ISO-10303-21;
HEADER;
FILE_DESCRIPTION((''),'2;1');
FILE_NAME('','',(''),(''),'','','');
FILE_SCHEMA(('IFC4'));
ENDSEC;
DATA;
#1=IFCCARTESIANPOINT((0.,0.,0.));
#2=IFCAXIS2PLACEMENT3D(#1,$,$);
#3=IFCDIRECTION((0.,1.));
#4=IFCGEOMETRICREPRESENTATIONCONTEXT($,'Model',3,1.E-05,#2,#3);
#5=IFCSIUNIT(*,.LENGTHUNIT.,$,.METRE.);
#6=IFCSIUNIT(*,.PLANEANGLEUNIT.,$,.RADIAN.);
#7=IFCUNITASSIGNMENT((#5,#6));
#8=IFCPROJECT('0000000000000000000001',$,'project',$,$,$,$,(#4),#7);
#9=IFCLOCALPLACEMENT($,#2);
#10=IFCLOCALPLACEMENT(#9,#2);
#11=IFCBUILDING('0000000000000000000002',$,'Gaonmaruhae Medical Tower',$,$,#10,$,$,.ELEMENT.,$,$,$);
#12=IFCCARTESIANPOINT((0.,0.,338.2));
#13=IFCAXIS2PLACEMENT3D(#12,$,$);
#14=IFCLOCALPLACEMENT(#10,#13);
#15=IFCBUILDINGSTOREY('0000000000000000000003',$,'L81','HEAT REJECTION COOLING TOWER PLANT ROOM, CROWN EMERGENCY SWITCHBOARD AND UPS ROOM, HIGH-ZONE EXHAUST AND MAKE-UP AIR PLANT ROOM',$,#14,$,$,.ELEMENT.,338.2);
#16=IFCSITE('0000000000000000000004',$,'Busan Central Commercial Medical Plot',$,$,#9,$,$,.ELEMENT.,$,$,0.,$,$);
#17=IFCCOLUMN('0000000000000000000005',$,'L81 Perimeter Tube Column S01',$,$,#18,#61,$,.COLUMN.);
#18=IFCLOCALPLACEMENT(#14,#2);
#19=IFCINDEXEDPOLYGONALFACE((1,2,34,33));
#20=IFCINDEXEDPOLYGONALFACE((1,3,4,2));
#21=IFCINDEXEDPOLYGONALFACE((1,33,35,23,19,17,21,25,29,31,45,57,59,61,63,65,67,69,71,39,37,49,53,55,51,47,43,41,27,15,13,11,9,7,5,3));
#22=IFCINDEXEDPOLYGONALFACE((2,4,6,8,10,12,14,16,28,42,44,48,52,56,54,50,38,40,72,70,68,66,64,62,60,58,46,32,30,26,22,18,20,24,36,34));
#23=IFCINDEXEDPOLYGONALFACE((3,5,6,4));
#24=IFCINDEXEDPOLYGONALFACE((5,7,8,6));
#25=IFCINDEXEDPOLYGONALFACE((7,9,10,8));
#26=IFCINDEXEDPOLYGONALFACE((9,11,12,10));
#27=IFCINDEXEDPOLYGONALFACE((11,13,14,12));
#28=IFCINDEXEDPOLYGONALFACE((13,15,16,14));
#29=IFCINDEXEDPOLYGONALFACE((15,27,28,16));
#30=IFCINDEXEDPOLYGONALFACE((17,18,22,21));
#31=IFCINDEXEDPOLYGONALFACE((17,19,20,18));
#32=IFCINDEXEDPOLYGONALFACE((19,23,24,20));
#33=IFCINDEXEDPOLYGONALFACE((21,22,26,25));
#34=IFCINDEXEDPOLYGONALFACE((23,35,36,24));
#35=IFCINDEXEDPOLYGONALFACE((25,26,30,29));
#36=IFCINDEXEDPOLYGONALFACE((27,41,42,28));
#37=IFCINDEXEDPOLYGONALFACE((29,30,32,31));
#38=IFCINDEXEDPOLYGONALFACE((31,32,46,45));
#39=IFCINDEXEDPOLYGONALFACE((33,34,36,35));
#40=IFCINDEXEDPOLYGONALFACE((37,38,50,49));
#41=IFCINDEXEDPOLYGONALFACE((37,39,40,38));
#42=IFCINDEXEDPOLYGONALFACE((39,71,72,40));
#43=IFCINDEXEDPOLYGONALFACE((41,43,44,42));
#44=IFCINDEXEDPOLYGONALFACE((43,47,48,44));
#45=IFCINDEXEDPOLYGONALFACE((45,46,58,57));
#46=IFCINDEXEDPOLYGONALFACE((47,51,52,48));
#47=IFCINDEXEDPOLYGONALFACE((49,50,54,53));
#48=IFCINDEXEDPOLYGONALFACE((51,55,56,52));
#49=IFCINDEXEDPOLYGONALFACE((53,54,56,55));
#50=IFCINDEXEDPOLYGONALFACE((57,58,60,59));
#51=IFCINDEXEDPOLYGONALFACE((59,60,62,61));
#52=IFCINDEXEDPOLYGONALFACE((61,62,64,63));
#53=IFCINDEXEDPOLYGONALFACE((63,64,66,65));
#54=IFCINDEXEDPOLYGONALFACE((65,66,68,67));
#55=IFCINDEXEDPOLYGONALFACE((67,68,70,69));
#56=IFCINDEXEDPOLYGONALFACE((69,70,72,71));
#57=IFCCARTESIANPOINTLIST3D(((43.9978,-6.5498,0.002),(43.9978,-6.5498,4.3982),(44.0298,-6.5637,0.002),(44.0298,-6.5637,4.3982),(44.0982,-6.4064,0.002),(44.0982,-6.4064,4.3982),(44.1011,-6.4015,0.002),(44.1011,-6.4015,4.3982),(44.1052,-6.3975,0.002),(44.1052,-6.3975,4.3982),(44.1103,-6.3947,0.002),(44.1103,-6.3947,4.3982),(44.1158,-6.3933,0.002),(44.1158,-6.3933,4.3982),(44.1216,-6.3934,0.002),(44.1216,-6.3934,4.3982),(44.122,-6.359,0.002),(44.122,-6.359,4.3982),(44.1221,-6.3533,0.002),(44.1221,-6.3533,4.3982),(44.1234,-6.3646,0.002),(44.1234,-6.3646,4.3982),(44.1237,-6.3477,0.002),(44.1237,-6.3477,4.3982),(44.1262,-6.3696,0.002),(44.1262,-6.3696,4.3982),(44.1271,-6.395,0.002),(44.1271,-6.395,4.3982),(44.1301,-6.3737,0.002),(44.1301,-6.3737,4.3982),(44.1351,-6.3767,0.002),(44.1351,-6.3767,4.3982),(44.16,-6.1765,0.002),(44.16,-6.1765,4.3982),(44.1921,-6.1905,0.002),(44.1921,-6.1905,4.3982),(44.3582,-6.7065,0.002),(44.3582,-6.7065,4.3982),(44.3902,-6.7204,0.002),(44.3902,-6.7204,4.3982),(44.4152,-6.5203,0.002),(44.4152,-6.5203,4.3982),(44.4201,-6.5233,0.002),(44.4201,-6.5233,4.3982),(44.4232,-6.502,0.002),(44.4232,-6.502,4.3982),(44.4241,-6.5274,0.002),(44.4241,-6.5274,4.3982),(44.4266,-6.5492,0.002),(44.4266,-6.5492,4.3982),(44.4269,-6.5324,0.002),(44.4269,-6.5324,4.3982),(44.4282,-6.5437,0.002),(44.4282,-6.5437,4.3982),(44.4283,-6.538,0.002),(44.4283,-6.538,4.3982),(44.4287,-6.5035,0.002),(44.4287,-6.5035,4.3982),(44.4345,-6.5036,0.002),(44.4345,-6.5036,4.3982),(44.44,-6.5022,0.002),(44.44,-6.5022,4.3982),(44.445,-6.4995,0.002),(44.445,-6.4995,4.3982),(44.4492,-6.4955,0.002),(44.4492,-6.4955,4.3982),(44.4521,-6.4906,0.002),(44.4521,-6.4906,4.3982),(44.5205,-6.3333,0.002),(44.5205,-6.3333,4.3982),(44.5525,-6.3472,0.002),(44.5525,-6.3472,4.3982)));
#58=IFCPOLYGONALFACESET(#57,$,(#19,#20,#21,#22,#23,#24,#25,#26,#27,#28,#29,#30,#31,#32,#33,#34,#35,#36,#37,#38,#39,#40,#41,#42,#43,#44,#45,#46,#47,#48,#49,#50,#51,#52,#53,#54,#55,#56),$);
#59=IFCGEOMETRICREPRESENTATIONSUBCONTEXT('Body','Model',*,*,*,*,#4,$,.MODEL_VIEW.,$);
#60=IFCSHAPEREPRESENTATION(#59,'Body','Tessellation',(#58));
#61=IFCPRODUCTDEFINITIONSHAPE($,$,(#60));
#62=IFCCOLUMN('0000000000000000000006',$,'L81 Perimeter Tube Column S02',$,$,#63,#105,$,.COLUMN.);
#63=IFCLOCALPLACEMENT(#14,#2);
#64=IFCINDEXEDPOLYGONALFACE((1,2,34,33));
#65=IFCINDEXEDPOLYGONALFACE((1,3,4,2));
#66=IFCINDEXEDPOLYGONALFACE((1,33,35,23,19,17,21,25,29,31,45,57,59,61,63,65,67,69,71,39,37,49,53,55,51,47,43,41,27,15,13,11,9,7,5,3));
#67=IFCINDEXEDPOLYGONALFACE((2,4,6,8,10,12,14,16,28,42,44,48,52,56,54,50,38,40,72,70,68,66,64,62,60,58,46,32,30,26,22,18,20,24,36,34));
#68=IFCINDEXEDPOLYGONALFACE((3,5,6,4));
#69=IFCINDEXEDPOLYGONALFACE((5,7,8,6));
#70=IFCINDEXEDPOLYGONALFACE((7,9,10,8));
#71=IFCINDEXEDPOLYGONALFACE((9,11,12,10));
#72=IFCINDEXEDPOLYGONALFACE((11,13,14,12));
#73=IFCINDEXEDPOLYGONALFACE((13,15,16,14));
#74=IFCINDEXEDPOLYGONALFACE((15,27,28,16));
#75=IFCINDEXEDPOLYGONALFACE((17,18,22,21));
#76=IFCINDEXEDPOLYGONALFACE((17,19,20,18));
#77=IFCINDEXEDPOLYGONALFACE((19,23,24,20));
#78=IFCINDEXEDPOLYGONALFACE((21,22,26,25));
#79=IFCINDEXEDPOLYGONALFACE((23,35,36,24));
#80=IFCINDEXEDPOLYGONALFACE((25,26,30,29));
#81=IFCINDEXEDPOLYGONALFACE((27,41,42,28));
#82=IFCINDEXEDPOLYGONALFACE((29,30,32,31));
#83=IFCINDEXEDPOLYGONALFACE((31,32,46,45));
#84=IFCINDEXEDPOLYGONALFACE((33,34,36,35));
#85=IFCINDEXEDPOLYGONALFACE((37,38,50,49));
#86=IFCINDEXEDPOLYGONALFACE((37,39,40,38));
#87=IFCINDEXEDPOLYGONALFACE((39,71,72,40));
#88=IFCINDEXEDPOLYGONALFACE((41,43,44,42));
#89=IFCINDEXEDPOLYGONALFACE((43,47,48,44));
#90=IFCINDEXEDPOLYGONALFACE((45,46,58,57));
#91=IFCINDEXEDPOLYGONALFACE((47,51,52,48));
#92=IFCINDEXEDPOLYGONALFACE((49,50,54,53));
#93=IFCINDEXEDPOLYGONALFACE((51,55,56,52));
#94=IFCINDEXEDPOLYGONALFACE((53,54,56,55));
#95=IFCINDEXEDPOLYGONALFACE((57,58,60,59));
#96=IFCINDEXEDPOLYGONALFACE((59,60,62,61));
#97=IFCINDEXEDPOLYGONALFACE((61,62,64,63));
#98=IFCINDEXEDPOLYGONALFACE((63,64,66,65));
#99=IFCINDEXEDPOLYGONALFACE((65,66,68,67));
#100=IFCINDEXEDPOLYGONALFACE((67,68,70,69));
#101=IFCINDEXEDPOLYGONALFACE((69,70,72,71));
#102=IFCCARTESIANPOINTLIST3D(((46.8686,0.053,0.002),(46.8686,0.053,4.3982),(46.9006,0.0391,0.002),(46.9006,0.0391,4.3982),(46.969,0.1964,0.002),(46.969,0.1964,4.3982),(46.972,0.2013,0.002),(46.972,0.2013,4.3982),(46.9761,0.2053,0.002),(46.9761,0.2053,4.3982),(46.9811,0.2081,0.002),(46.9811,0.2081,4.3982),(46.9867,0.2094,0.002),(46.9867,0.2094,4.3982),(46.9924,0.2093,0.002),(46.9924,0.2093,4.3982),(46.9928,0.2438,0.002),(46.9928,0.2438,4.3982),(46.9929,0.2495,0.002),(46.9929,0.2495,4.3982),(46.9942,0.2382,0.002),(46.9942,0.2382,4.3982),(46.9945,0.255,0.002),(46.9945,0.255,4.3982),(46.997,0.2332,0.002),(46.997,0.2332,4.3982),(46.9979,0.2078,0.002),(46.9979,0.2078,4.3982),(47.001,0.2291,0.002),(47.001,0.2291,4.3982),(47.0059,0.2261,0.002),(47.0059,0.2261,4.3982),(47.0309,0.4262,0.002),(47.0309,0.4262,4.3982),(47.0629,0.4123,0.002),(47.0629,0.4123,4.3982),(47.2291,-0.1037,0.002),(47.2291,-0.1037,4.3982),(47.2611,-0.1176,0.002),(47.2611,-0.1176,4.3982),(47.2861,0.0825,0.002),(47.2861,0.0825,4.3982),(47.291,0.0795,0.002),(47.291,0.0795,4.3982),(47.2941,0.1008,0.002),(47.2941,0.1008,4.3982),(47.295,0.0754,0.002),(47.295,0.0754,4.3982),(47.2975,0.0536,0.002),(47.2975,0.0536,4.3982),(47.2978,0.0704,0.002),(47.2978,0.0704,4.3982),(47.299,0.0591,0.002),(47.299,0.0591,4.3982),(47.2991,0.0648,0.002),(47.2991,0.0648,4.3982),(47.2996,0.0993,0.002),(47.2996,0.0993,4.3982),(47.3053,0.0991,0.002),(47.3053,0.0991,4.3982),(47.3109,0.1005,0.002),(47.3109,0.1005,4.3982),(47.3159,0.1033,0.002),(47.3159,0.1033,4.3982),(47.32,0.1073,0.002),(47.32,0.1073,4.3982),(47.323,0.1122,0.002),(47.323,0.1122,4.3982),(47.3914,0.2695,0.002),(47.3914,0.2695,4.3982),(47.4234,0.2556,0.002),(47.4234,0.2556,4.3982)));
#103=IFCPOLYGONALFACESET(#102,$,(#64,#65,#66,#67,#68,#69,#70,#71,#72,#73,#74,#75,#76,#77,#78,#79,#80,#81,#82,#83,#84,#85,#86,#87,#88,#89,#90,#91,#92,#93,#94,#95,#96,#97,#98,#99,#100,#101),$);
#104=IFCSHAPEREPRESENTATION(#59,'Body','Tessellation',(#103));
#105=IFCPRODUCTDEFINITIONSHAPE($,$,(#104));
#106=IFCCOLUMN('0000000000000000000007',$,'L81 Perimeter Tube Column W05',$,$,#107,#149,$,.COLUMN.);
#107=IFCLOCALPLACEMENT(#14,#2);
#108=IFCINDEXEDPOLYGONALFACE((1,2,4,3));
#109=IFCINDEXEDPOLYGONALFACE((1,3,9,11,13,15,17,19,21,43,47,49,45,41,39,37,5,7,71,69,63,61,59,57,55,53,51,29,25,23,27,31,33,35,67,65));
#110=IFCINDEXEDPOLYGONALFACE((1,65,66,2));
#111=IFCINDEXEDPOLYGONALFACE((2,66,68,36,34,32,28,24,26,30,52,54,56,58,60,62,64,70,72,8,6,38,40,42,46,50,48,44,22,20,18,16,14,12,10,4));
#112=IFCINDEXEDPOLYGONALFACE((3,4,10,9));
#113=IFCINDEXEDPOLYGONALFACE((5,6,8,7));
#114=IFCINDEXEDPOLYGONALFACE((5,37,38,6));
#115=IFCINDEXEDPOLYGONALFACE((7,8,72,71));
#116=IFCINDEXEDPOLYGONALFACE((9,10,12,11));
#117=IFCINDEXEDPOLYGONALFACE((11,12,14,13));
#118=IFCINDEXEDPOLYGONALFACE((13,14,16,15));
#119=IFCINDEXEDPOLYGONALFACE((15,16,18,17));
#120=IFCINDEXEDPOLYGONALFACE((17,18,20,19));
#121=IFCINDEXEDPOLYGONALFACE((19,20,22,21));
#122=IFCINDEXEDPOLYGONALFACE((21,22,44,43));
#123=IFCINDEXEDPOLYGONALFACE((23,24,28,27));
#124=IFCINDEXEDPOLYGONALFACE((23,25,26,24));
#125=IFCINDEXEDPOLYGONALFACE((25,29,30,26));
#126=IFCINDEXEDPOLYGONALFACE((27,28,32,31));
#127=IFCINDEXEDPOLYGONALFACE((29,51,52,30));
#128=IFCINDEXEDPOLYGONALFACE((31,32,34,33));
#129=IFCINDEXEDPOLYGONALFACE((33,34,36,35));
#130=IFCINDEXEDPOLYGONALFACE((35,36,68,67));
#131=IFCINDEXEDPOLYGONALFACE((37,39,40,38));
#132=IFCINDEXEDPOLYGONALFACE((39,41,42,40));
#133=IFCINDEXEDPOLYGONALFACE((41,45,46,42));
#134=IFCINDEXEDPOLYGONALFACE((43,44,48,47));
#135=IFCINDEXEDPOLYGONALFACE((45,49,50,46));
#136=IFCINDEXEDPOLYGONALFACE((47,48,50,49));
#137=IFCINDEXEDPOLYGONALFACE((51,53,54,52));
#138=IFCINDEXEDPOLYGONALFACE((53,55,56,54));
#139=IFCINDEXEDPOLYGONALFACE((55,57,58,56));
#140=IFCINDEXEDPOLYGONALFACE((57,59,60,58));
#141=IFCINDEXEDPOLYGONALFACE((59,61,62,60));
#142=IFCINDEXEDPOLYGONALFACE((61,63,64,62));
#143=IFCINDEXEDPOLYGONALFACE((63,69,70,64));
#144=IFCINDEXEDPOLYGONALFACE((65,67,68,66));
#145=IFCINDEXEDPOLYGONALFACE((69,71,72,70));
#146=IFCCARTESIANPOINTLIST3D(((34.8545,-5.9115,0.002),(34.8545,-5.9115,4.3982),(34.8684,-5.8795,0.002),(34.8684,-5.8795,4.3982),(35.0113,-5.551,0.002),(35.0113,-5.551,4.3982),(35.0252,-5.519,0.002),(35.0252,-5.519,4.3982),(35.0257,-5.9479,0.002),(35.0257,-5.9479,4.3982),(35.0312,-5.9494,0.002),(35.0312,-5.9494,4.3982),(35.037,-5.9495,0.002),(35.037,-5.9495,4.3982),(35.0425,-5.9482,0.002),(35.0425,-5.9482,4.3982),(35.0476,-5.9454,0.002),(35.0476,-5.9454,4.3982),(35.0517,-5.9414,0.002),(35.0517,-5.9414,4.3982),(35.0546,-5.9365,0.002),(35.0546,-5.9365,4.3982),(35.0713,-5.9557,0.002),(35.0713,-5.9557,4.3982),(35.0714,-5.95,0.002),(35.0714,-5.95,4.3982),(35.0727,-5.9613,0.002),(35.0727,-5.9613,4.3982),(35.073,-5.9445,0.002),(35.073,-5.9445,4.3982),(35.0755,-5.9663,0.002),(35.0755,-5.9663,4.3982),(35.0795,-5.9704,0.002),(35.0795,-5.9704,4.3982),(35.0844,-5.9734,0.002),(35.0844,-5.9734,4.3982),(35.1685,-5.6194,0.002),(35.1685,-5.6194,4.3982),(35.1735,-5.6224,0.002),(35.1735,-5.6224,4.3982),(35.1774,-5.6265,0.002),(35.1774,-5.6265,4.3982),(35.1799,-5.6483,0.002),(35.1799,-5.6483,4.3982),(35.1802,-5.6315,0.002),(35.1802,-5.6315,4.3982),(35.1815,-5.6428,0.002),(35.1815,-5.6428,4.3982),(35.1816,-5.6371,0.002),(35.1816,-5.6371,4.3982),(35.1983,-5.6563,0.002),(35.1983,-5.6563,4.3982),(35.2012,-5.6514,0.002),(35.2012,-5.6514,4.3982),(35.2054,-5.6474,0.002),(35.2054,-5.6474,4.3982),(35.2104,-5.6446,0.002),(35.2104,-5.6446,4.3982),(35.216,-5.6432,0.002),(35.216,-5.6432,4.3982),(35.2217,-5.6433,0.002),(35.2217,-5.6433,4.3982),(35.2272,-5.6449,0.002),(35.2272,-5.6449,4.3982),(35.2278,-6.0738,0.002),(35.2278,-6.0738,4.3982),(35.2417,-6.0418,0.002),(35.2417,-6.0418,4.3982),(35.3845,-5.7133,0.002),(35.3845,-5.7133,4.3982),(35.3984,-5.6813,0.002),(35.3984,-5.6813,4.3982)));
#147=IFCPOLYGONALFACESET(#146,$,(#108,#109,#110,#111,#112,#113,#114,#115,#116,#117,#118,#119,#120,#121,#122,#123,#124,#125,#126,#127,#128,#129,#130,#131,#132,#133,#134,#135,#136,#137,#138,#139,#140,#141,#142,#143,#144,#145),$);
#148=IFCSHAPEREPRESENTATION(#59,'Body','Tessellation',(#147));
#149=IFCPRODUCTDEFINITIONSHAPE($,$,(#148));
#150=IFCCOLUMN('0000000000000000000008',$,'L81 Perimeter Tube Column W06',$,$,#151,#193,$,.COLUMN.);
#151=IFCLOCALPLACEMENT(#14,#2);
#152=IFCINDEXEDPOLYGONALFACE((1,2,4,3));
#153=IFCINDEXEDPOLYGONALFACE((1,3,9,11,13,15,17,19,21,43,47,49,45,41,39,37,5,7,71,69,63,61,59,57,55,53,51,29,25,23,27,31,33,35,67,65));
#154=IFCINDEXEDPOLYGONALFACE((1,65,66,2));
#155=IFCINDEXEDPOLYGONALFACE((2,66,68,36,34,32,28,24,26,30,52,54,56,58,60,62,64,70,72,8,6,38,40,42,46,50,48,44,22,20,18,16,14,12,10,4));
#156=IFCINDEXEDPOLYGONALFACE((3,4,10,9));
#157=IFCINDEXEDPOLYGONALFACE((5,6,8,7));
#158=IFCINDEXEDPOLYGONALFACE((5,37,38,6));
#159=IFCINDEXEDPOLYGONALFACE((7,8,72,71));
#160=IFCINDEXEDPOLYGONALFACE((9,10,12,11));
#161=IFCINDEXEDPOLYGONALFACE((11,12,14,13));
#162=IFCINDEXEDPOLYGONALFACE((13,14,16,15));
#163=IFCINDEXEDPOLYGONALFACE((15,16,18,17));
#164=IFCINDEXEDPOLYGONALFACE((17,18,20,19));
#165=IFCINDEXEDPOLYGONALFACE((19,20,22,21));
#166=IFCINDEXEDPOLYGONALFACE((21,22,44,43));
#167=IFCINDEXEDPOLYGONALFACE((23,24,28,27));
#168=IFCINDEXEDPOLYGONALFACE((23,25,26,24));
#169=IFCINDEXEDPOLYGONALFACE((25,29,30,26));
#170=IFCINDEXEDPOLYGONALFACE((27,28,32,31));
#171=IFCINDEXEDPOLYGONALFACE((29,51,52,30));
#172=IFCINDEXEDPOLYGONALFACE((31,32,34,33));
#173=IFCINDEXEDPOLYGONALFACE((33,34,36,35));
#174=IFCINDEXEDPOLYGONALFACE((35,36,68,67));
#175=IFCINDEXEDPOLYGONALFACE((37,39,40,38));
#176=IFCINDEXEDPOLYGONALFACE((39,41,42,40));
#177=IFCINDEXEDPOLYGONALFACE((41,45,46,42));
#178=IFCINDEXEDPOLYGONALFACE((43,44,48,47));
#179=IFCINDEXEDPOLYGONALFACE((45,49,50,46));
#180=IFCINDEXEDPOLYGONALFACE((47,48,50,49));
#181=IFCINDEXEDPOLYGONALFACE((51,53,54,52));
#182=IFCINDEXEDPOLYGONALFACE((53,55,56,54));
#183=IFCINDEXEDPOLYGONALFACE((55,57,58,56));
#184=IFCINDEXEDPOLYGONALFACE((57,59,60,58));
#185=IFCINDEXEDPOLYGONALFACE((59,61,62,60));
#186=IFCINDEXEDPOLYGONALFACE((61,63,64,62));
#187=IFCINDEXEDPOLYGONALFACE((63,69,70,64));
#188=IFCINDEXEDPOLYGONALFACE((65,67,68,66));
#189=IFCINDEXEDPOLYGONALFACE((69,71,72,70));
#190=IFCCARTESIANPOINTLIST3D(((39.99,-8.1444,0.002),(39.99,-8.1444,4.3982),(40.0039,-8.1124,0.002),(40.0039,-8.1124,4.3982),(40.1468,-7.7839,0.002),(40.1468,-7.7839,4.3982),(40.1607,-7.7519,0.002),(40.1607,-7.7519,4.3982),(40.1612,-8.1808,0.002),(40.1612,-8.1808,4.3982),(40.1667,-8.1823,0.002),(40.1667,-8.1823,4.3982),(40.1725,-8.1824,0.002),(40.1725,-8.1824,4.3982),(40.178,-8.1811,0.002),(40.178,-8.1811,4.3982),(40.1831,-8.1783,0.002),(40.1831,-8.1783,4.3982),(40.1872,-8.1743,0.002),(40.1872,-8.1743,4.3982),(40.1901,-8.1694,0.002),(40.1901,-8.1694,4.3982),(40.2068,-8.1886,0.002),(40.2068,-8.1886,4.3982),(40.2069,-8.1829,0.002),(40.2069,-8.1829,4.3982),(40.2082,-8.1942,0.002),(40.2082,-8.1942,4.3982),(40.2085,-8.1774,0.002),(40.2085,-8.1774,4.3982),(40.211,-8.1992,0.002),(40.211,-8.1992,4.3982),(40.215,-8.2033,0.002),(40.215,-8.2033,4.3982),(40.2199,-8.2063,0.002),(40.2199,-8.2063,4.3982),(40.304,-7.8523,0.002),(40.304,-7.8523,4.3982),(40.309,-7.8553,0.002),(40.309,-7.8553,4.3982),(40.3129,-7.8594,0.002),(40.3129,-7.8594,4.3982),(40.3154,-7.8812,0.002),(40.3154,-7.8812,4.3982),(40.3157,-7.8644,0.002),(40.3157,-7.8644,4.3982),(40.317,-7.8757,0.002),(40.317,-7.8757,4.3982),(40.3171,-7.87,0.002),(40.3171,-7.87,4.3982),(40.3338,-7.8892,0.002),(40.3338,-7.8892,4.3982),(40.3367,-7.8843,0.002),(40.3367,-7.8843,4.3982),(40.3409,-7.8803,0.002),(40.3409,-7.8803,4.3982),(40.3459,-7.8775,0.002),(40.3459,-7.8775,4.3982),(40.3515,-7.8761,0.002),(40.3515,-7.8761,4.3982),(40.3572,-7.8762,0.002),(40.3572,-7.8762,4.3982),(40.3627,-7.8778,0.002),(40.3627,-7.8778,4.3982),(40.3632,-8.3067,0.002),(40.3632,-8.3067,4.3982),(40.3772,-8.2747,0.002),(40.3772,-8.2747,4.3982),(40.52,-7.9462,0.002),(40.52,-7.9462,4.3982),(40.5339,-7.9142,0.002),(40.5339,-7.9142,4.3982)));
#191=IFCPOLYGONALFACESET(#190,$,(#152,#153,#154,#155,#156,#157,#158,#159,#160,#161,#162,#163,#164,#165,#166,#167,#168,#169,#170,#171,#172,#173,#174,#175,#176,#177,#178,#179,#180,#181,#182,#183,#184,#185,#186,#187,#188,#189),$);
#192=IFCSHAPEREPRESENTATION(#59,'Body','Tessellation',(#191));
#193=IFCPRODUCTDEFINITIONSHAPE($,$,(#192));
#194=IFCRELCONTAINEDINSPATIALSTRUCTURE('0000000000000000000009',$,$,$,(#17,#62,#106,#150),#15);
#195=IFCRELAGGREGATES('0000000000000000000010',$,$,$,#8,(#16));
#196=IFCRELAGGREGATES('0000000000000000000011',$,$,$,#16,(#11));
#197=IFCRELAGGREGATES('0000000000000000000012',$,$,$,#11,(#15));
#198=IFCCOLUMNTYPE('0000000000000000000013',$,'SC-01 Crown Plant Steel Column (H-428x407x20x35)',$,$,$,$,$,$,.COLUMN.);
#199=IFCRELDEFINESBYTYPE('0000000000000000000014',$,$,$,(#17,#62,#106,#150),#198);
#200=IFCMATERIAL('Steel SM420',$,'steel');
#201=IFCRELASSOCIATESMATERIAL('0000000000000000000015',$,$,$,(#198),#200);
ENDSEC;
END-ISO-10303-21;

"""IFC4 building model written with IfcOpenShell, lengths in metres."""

from ifc_helpers import new_model, si_unit, direction, frame, origin, origin_2d, place, context, subcontext, project, spatial, i_section, extrude, material, material_profile, profile_set, type_object, element, save


model = new_model("IFC4")

# Units and contexts
model_context = context("Model", 3, precision=1e-05, world=origin(), true_north=direction((0.0, 1.0)))
body_context = subcontext(model_context, "Body", "Model", "MODEL_VIEW")
ifc_project = project(units=[si_unit("LENGTHUNIT", "METRE"), si_unit("PLANEANGLEUNIT", "RADIAN")], contexts=[model_context])

# Site, building, storey
site_placement = place(None, origin())
site = spatial("IfcSite", under=ifc_project, at=site_placement, Name="Busan Central Commercial Medical Plot", CompositionType="ELEMENT", RefElevation=0.0)
building_placement = place(site_placement, origin())
building = spatial("IfcBuilding", under=site, at=building_placement, Name="Gaonmaruhae Medical Tower", CompositionType="ELEMENT")
storey_placement = place(building_placement, frame((0.0, 0.0, 338.2)))
storey = spatial("IfcBuildingStorey", under=building, at=storey_placement, Name="L81", Description="HEAT REJECTION COOLING TOWER PLANT ROOM, CROWN EMERGENCY SWITCHBOARD AND UPS ROOM, HIGH-ZONE EXHAUST AND MAKE-UP AIR PLANT ROOM", CompositionType="ELEMENT", Elevation=338.2)

# Columns
ifc_material_1 = material(Name="Steel SM420", Category="steel")
ifc_material_profile_1 = material_profile(ifc_material_1, i_section(OverallWidth=0.407, OverallDepth=0.428, WebThickness=0.02, FlangeThickness=0.0349, FilletRadius=0.022, at=origin_2d()), Name="H-428x407x20x35")
ifc_profile_set_1 = profile_set([ifc_material_profile_1], Name="Steel SM420")
column_type = type_object("IfcColumnType", Name="SC-01 Crown Plant Steel Column (H-428x407x20x35)", PredefinedType="COLUMN", material=ifc_profile_set_1)
for number, where, z_axis, x_axis, name in (
    (1, (44.2751, -6.4485, 0.002), (0.0, 0.0, 1.0), (0.398749, 0.91706, 0.0), "L81 Perimeter Tube Column S01"),
    (2, (47.146, 0.1543, 0.002), (0.0, 0.0, 1.0), (0.398749, 0.91706, 0.0), "L81 Perimeter Tube Column S02"),
    (3, (35.1265, -5.7964, 0.002), (0.0, 0.0, 1.0), (-0.91706, 0.398749, 0.0), "L81 Perimeter Tube Column W05"),
    (4, (40.262, -8.0293, 0.002), (0.0, 0.0, 1.0), (-0.91706, 0.398749, 0.0), "L81 Perimeter Tube Column W06"),
):
    element("IfcColumn", number, at=place(storey_placement, frame(where, z_axis=z_axis, x_axis=x_axis)), inside=storey, type_object=column_type, Name=name, PredefinedType="COLUMN", context=body_context, shape_type="SweptSolid", body=[
        extrude(i_section(OverallWidth=0.407, OverallDepth=0.428, WebThickness=0.02, FlangeThickness=0.0349, FilletRadius=0.022, at=origin_2d()), origin(), (0.0, 0.0, 1.0), 4.3962),
    ])

save(model, "model.ifc")
